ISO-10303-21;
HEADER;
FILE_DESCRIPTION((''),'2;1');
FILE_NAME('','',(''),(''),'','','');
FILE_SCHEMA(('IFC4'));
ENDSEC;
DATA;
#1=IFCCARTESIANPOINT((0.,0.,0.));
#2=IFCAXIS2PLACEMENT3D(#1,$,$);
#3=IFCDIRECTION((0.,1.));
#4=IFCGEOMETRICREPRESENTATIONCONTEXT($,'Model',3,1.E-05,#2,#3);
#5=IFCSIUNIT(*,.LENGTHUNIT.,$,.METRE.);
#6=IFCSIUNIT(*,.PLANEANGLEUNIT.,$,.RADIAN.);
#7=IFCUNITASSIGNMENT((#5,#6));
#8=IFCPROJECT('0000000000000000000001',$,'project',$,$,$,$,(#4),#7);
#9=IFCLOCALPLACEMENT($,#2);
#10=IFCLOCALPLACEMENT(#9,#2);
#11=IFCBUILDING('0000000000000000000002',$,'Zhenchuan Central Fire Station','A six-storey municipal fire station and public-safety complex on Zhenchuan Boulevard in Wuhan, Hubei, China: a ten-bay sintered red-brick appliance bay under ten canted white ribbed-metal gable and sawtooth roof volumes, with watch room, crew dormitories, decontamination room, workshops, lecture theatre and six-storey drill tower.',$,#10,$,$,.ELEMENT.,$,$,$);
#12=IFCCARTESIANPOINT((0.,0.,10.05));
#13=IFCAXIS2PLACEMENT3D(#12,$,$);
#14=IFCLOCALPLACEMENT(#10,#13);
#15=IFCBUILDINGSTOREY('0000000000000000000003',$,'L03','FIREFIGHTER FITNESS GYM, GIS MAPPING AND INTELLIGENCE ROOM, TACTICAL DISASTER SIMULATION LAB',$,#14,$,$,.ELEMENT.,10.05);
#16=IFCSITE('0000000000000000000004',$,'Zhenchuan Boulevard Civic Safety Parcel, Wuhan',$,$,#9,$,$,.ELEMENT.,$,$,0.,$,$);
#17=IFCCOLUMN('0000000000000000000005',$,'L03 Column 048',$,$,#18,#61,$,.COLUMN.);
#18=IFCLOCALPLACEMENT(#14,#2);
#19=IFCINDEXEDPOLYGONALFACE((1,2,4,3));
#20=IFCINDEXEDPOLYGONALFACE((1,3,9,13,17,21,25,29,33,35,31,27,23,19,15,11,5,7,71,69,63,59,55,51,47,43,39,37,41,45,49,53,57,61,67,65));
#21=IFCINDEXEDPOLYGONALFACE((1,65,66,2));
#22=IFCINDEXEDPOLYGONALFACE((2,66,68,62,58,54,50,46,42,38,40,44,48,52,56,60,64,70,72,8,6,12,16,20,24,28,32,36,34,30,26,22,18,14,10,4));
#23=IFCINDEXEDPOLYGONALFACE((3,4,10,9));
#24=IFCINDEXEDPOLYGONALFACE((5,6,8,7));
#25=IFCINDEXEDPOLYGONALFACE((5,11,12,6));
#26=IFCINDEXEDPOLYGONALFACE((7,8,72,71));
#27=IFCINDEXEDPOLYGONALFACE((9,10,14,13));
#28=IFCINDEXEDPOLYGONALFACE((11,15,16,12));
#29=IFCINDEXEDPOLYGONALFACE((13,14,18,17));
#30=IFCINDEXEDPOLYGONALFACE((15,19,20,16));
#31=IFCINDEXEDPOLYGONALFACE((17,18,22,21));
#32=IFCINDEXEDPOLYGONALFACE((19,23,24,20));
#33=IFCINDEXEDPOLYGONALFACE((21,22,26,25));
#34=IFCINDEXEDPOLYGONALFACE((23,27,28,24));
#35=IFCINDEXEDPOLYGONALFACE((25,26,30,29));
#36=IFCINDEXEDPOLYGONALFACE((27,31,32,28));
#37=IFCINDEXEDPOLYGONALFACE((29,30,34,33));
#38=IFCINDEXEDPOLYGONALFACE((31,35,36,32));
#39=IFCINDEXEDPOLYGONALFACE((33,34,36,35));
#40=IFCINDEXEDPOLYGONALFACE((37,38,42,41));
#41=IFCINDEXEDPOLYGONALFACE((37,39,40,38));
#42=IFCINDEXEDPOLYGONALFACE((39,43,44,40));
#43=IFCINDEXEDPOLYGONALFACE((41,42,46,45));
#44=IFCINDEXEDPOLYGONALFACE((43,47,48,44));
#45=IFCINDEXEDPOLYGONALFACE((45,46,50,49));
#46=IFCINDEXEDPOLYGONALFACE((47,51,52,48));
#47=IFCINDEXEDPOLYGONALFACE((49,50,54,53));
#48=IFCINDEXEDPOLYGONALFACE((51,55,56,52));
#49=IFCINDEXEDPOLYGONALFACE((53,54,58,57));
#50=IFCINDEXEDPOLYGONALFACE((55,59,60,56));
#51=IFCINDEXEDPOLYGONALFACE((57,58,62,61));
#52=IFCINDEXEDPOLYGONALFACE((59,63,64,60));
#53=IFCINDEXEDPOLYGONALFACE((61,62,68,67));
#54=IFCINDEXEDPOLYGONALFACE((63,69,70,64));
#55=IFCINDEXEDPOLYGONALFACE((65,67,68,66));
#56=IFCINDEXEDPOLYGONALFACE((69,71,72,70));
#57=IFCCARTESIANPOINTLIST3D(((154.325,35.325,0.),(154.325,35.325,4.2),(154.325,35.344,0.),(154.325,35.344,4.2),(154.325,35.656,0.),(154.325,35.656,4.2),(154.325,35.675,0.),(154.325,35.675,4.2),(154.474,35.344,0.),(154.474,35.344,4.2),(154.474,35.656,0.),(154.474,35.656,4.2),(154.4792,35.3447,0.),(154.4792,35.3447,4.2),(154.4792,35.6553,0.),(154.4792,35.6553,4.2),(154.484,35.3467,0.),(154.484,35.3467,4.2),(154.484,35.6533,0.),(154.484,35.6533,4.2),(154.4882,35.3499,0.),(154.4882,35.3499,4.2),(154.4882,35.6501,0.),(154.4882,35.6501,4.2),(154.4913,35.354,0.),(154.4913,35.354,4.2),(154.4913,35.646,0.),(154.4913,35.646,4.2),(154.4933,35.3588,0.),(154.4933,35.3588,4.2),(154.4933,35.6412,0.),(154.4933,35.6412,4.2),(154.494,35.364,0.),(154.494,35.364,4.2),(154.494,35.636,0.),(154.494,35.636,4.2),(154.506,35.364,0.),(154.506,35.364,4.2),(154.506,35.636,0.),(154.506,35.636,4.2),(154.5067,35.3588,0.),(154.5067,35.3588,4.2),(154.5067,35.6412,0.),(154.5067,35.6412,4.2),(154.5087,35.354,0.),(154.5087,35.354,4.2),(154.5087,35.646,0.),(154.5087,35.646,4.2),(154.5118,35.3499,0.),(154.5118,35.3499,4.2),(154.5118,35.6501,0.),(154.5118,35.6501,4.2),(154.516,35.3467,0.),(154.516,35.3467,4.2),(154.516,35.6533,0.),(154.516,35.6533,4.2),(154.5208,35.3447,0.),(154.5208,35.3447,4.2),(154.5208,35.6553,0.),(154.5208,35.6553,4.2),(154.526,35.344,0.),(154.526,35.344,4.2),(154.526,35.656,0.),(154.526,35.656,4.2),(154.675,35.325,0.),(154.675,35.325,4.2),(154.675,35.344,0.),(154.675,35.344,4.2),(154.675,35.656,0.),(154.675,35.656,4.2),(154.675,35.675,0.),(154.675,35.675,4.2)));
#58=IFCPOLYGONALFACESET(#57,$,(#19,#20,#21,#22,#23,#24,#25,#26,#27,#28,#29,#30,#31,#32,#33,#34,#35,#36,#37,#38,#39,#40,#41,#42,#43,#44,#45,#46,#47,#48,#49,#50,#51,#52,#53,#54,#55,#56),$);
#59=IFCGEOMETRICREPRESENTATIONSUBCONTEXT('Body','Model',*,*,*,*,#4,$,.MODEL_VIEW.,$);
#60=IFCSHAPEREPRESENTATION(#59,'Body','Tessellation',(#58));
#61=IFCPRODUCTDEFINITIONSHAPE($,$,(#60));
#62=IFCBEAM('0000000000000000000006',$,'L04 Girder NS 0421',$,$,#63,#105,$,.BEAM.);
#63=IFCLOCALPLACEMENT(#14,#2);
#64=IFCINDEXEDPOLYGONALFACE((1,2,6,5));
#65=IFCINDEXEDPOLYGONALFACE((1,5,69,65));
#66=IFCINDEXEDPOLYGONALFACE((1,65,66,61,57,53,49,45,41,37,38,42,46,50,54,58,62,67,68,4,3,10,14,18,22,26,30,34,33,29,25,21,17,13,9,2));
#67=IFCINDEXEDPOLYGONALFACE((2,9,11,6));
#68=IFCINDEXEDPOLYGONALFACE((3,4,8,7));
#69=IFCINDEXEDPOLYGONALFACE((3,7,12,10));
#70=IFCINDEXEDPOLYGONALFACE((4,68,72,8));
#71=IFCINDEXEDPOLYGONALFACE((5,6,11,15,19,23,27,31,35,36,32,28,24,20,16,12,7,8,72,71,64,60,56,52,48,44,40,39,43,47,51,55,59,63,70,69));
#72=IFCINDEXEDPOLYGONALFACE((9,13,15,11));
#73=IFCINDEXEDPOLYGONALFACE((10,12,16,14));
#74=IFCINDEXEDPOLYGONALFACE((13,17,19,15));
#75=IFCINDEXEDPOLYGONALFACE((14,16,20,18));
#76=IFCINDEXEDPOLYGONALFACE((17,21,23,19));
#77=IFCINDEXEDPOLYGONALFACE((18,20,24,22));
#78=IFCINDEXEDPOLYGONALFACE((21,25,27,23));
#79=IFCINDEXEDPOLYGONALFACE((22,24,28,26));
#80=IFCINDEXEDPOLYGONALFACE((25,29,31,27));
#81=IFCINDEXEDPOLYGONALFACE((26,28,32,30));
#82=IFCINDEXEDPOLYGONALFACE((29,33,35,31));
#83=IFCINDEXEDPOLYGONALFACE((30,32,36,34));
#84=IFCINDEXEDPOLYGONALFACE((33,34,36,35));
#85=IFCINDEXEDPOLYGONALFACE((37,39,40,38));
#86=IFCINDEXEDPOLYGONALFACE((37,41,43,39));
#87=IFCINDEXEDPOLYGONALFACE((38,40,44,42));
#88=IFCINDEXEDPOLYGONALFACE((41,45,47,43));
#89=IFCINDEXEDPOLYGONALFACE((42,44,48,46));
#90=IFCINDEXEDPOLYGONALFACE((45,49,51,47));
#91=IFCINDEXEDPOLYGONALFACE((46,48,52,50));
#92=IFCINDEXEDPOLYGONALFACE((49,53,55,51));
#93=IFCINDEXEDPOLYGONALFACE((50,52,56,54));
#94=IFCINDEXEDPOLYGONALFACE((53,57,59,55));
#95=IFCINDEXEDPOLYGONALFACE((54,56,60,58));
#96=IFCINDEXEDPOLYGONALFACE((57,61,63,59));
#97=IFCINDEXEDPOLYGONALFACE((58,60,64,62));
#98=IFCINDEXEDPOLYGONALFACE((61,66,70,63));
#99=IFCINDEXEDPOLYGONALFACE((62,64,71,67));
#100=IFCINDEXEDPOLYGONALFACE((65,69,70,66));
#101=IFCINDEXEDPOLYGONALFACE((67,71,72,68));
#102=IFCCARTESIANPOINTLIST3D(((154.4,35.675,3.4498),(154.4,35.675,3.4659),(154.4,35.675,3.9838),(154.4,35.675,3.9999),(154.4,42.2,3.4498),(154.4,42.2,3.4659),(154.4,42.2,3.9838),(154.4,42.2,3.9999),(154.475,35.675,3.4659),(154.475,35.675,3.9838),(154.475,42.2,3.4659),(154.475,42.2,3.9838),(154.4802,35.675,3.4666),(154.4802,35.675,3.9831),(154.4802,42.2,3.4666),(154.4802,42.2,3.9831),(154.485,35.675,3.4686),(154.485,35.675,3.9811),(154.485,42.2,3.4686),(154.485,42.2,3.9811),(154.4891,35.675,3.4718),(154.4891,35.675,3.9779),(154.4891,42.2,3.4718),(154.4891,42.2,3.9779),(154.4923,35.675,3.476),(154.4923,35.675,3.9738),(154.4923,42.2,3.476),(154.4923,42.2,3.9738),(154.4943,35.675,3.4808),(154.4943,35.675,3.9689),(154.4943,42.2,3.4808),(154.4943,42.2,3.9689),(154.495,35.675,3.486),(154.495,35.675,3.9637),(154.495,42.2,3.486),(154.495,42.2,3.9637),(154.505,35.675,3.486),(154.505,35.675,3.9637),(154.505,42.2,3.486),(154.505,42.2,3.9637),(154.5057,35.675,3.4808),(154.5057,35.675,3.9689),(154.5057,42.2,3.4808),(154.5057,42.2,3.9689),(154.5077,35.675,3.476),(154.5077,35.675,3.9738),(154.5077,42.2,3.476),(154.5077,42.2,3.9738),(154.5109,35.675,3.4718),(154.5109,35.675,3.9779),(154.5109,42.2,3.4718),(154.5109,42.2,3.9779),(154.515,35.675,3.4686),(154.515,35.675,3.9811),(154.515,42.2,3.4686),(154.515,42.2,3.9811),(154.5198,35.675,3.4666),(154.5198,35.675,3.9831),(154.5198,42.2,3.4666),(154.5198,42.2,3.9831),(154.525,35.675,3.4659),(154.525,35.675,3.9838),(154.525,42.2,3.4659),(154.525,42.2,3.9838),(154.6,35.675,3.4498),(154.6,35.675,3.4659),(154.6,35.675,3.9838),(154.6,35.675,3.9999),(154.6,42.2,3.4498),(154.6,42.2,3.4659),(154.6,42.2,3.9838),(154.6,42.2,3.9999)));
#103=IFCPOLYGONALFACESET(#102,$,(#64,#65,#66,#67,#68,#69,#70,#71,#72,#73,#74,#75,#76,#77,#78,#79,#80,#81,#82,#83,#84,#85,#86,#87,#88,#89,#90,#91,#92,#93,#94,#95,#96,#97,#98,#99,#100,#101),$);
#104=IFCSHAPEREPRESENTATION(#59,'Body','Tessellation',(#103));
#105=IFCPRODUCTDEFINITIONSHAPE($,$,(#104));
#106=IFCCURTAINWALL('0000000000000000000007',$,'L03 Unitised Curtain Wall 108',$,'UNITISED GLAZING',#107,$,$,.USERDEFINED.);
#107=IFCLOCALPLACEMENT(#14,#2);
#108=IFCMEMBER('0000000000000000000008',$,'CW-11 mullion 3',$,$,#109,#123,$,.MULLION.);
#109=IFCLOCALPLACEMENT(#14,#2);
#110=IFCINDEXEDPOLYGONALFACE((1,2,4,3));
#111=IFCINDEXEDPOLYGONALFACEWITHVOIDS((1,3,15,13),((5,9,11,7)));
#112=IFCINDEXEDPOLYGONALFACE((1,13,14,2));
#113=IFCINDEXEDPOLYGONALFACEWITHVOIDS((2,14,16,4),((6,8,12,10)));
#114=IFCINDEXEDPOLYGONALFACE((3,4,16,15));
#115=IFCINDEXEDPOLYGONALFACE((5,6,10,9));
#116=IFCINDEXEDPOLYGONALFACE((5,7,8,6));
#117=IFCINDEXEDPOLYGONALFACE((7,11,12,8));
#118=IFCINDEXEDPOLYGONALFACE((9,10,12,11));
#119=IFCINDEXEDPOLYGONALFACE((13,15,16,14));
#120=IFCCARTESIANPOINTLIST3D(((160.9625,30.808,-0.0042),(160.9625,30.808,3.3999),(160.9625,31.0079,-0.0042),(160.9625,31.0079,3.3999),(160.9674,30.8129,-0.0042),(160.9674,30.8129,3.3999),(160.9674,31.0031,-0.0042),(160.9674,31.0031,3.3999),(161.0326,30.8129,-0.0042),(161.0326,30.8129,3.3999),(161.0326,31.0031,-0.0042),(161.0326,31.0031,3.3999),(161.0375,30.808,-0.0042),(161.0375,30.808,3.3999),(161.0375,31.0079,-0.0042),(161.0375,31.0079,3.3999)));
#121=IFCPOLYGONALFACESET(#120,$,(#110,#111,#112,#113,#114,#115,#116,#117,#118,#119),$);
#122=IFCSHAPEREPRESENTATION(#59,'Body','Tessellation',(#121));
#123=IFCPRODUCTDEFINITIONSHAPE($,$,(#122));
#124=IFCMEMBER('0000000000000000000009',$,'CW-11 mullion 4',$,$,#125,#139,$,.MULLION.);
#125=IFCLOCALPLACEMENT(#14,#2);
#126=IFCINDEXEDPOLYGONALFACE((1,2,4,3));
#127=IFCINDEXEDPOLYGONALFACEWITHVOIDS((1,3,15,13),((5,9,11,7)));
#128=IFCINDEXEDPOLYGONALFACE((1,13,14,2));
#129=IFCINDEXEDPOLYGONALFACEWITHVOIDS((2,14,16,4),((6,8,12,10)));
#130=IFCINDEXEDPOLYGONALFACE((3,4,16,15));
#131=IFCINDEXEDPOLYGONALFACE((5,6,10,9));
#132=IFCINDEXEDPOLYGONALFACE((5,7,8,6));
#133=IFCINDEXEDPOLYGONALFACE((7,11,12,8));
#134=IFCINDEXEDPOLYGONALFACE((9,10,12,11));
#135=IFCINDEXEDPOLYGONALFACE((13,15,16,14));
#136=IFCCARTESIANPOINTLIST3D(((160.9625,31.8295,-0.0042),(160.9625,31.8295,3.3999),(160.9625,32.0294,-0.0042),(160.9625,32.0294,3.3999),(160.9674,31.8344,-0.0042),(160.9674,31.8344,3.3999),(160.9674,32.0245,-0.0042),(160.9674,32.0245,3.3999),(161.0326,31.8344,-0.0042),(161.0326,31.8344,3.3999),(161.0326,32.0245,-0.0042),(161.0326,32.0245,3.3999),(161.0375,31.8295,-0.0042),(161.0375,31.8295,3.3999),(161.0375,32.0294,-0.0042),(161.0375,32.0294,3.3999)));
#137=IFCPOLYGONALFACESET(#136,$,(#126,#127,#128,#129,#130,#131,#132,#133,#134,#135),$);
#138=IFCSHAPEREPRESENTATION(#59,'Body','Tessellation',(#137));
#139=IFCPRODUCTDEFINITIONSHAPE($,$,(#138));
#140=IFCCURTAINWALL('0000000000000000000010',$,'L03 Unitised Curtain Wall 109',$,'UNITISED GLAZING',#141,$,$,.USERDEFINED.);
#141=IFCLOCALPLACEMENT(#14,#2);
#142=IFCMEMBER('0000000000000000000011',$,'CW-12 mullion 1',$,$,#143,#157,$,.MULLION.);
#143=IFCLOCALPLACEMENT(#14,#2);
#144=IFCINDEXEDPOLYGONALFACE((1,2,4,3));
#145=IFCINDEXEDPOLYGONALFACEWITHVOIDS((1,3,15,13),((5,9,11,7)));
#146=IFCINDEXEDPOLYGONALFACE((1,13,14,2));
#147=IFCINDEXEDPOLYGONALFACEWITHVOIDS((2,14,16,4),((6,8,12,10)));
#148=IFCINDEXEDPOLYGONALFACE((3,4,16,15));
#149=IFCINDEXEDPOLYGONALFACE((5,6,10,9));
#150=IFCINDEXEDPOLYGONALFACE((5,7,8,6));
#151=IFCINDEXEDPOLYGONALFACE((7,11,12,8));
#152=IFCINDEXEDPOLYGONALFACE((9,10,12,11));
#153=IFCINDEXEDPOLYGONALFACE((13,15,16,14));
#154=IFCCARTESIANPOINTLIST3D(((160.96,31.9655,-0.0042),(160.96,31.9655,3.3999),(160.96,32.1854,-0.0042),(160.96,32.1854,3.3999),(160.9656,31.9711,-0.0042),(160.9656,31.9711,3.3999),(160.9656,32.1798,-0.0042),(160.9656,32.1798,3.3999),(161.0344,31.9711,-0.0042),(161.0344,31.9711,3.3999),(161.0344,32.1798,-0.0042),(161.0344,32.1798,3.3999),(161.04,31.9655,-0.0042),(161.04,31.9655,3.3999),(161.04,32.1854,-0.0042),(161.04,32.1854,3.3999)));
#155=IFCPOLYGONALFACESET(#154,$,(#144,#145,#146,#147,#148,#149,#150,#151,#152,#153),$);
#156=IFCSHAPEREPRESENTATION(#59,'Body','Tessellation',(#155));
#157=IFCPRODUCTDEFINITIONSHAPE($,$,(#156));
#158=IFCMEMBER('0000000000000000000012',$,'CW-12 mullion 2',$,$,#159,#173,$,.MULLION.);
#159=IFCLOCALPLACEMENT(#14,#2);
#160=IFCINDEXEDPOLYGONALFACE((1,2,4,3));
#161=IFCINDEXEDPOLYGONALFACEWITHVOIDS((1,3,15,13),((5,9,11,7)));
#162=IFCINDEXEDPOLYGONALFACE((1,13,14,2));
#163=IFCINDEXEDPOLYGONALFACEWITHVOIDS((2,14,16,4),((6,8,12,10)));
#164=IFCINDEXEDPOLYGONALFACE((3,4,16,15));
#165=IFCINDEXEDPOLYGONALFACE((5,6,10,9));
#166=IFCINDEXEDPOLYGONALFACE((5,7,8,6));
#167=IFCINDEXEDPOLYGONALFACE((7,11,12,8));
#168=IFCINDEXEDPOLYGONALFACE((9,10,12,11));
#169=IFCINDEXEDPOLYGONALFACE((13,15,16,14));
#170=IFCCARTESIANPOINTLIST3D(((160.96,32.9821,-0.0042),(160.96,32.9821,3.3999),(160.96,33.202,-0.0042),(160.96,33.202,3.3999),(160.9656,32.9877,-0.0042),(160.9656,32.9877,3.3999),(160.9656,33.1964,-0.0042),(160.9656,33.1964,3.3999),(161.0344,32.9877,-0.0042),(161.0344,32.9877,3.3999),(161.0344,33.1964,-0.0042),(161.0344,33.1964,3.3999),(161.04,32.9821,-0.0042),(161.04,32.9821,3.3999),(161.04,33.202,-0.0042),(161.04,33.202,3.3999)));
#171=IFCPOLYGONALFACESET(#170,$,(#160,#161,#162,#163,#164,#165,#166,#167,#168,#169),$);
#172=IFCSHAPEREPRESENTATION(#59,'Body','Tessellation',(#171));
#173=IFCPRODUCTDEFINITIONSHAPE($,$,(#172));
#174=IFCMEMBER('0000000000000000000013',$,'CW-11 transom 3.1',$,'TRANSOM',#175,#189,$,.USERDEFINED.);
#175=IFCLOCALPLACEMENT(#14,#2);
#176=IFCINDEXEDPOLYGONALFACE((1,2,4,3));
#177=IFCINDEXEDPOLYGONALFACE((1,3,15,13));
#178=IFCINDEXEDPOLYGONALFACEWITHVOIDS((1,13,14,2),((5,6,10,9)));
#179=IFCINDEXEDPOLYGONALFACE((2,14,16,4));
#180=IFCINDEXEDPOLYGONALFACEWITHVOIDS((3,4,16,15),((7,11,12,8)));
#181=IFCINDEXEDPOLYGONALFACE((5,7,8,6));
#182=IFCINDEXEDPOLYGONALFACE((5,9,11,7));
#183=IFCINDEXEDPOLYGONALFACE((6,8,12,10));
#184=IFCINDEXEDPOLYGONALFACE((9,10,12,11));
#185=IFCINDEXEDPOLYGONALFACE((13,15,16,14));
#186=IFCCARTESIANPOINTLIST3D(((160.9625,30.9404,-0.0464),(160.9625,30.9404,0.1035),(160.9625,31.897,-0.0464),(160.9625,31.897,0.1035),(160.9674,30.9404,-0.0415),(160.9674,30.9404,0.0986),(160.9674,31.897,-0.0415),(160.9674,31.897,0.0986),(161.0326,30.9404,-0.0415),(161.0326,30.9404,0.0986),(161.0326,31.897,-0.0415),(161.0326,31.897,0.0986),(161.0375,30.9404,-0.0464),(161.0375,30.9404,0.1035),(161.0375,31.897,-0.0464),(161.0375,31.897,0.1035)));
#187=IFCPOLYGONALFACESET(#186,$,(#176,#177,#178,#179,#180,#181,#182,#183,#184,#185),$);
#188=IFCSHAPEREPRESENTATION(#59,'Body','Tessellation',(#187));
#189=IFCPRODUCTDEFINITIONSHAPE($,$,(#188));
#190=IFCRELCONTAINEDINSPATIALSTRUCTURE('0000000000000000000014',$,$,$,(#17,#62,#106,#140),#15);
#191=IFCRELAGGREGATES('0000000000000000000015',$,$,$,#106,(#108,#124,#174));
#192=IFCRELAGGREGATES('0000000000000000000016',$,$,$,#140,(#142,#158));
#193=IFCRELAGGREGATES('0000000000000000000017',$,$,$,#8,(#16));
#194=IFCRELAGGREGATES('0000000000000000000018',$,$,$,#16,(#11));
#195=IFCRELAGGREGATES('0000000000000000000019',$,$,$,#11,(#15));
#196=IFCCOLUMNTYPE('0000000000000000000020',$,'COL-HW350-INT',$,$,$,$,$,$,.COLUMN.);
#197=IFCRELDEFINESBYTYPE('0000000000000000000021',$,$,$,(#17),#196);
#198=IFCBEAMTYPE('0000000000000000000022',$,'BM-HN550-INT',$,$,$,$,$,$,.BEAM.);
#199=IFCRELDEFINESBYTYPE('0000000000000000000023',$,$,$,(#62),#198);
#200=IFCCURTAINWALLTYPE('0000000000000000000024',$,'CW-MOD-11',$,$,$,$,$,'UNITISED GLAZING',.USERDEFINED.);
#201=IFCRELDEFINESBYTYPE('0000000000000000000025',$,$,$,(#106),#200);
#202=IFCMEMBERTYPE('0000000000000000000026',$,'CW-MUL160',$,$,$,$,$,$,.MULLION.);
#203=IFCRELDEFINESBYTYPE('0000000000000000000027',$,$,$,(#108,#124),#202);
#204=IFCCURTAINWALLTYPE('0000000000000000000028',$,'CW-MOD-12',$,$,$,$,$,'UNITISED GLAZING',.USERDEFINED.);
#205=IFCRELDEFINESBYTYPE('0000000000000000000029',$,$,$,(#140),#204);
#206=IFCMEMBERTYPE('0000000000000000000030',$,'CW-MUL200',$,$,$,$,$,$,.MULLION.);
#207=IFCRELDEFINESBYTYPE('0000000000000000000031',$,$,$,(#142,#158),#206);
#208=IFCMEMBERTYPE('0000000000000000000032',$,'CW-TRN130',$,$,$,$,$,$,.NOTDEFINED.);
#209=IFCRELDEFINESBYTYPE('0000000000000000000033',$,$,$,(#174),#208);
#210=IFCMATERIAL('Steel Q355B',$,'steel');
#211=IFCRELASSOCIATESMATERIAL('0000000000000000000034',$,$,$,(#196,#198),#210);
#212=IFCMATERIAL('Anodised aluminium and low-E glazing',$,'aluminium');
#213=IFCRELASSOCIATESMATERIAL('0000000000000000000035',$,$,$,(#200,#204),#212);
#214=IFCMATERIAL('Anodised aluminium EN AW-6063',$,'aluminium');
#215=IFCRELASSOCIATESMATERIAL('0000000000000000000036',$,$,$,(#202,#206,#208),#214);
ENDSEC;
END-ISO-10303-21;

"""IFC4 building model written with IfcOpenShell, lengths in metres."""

from ifc_helpers import new_model, si_unit, direction, frame, origin, origin_2d, place, context, subcontext, project, spatial, hollow_rectangle, i_section, extrude, material, material_profile, profile_set, type_object, element, aggregate, save


model = new_model("IFC4")

# Units and contexts
model_context = context("Model", 3, precision=1e-05, world=origin(), true_north=direction((0.0, 1.0)))
body_context = subcontext(model_context, "Body", "Model", "MODEL_VIEW")
ifc_project = project(units=[si_unit("LENGTHUNIT", "METRE"), si_unit("PLANEANGLEUNIT", "RADIAN")], contexts=[model_context])

# Site, building, storey
site_placement = place(None, origin())
site = spatial("IfcSite", under=ifc_project, at=site_placement, Name="Zhenchuan Boulevard Civic Safety Parcel, Wuhan", CompositionType="ELEMENT", RefElevation=0.0)
building_placement = place(site_placement, origin())
building = spatial("IfcBuilding", under=site, at=building_placement, Name="Zhenchuan Central Fire Station", Description="A six-storey municipal fire station and public-safety complex on Zhenchuan Boulevard in Wuhan, Hubei, China: a ten-bay sintered red-brick appliance bay under ten canted white ribbed-metal gable and sawtooth roof volumes, with watch room, crew dormitories, decontamination room, workshops, lecture theatre and six-storey drill tower.", CompositionType="ELEMENT")
storey_placement = place(building_placement, frame((0.0, 0.0, 10.05)))
storey = spatial("IfcBuildingStorey", under=building, at=storey_placement, Name="L03", Description="FIREFIGHTER FITNESS GYM, GIS MAPPING AND INTELLIGENCE ROOM, TACTICAL DISASTER SIMULATION LAB", CompositionType="ELEMENT", Elevation=10.05)

# Column
ifc_material_1 = material(Name="Steel Q355B", Category="steel")
ifc_material_profile_1 = material_profile(ifc_material_1, i_section(OverallWidth=0.3501, OverallDepth=0.3501, WebThickness=0.012, FlangeThickness=0.019, FilletRadius=0.02, at=origin_2d()), Name="HW 350x350")
ifc_profile_set_1 = profile_set([ifc_material_profile_1], Name="Steel Q355B")
column_type = type_object("IfcColumnType", Name="COL-HW350-INT", PredefinedType="COLUMN", material=ifc_profile_set_1)
column_placement = place(storey_placement, frame((154.5, 35.5, 0.0), z_axis=(0.0, 0.0, 1.0), x_axis=(1.0, 0.0, 0.0)))
element("IfcColumn", 1, at=column_placement, inside=storey, type_object=column_type, Name="L03 Column 048", PredefinedType="COLUMN", context=body_context, shape_type="SweptSolid", body=[
    extrude(i_section(OverallWidth=0.3501, OverallDepth=0.3501, WebThickness=0.012, FlangeThickness=0.019, FilletRadius=0.02, at=origin_2d()), origin(), (0.0, 0.0, 1.0), 4.2),
])

# Beam
ifc_material_profile_2 = material_profile(ifc_material_1, i_section(OverallWidth=0.2, OverallDepth=0.55, WebThickness=0.01, FlangeThickness=0.0161, FilletRadius=0.02, at=origin_2d()), Name="HN 550x200")
ifc_profile_set_2 = profile_set([ifc_material_profile_2], Name="Steel Q355B")
beam_type_1 = type_object("IfcBeamType", Name="BM-HN550-INT", PredefinedType="BEAM", material=ifc_profile_set_2)
beam_1_placement = place(storey_placement, frame((154.5, 35.675, 3.7249), z_axis=(0.0, 1.0, 0.0), x_axis=(-1.0, 0.0, 0.0)))
element("IfcBeam", 2, at=beam_1_placement, inside=storey, type_object=beam_type_1, Name="L04 Girder NS 0421", PredefinedType="BEAM", context=body_context, shape_type="SweptSolid", body=[
    extrude(i_section(OverallWidth=0.2, OverallDepth=0.55, WebThickness=0.01, FlangeThickness=0.0161, FilletRadius=0.02, at=origin_2d()), origin(), (0.0, 0.0, 1.0), 6.5249),
])

# Curtain walls, members
ifc_material_2 = material(Name="Anodised aluminium and low-E glazing", Category="aluminium")
curtain_wall_type_1 = type_object("IfcCurtainWallType", Name="CW-MOD-11", ElementType="UNITISED GLAZING", PredefinedType="USERDEFINED", material=ifc_material_2)
curtain_wall_1_placement = place(storey_placement, origin())
curtain_wall_1 = element("IfcCurtainWall", 3, at=curtain_wall_1_placement, inside=storey, type_object=curtain_wall_type_1, Name="L03 Unitised Curtain Wall 108", ObjectType="UNITISED GLAZING", PredefinedType="USERDEFINED")
ifc_material_3 = material(Name="Anodised aluminium EN AW-6063", Category="aluminium")
ifc_material_profile_3 = material_profile(ifc_material_3, hollow_rectangle(XDim=0.075, YDim=0.2, WallThickness=0.0049, at=origin_2d()), Name="ALU-M 200x75")
ifc_profile_set_3 = profile_set([ifc_material_profile_3], Name="Anodised aluminium EN AW-6063")
member_type_1 = type_object("IfcMemberType", Name="CW-MUL160", PredefinedType="MULLION", material=ifc_profile_set_3)
member_1_placement = place(storey_placement, frame((161.0, 30.908, -0.0042), z_axis=(0.0, 0.0, 1.0), x_axis=(-1.0, 0.0, 0.0)))
member_1 = element("IfcMember", 4, at=member_1_placement, type_object=member_type_1, Name="CW-11 mullion 3", PredefinedType="MULLION", context=body_context, shape_type="SweptSolid", body=[
    extrude(hollow_rectangle(XDim=0.075, YDim=0.2, WallThickness=0.0049, at=origin_2d()), origin(), (0.0, 0.0, 1.0), 3.4041),
])
member_2_placement = place(storey_placement, frame((161.0, 31.9294, -0.0042), z_axis=(0.0, 0.0, 1.0), x_axis=(-1.0, 0.0, 0.0)))
member_2 = element("IfcMember", 5, at=member_2_placement, type_object=member_type_1, Name="CW-11 mullion 4", PredefinedType="MULLION", context=body_context, shape_type="SweptSolid", body=[
    extrude(hollow_rectangle(XDim=0.075, YDim=0.2, WallThickness=0.0049, at=origin_2d()), origin(), (0.0, 0.0, 1.0), 3.4041),
])
curtain_wall_type_2 = type_object("IfcCurtainWallType", Name="CW-MOD-12", ElementType="UNITISED GLAZING", PredefinedType="USERDEFINED", material=ifc_material_2)
curtain_wall_2_placement = place(storey_placement, origin())
curtain_wall_2 = element("IfcCurtainWall", 6, at=curtain_wall_2_placement, inside=storey, type_object=curtain_wall_type_2, Name="L03 Unitised Curtain Wall 109", ObjectType="UNITISED GLAZING", PredefinedType="USERDEFINED")
ifc_material_profile_4 = material_profile(ifc_material_3, hollow_rectangle(XDim=0.0801, YDim=0.22, WallThickness=0.0056, at=origin_2d()), Name="ALU-M 220x80")
ifc_profile_set_4 = profile_set([ifc_material_profile_4], Name="Anodised aluminium EN AW-6063")
member_type_2 = type_object("IfcMemberType", Name="CW-MUL200", PredefinedType="MULLION", material=ifc_profile_set_4)
member_3_placement = place(storey_placement, frame((161.0, 32.0754, -0.0042), z_axis=(0.0, 0.0, 1.0), x_axis=(-1.0, 0.0, 0.0)))
member_3 = element("IfcMember", 7, at=member_3_placement, type_object=member_type_2, Name="CW-12 mullion 1", PredefinedType="MULLION", context=body_context, shape_type="SweptSolid", body=[
    extrude(hollow_rectangle(XDim=0.0801, YDim=0.22, WallThickness=0.0056, at=origin_2d()), origin(), (0.0, 0.0, 1.0), 3.4041),
])
member_4_placement = place(storey_placement, frame((161.0, 33.092, -0.0042), z_axis=(0.0, 0.0, 1.0), x_axis=(-1.0, 0.0, 0.0)))
member_4 = element("IfcMember", 8, at=member_4_placement, type_object=member_type_2, Name="CW-12 mullion 2", PredefinedType="MULLION", context=body_context, shape_type="SweptSolid", body=[
    extrude(hollow_rectangle(XDim=0.0801, YDim=0.22, WallThickness=0.0056, at=origin_2d()), origin(), (0.0, 0.0, 1.0), 3.4041),
])

# Member
ifc_material_profile_5 = material_profile(ifc_material_3, hollow_rectangle(XDim=0.075, YDim=0.1499, WallThickness=0.0049, at=origin_2d()), Name="ALU-T 150x75")
ifc_profile_set_5 = profile_set([ifc_material_profile_5], Name="Anodised aluminium EN AW-6063")
member_type_3 = type_object("IfcMemberType", Name="CW-TRN130", PredefinedType="NOTDEFINED", material=ifc_profile_set_5)
member_5_placement = place(storey_placement, frame((161.0, 30.9404, 0.0286), z_axis=(0.0, 1.0, 0.0), x_axis=(-1.0, 0.0, 0.0)))
member_5 = element("IfcMember", 9, at=member_5_placement, type_object=member_type_3, Name="CW-11 transom 3.1", ObjectType="TRANSOM", PredefinedType="USERDEFINED", context=body_context, shape_type="SweptSolid", body=[
    extrude(hollow_rectangle(XDim=0.075, YDim=0.1499, WallThickness=0.0049, at=origin_2d()), origin(), (0.0, 0.0, 1.0), 0.9565),
])

aggregate(curtain_wall_1, [member_1, member_2, member_5])
aggregate(curtain_wall_2, [member_3, member_4])

save(model, "model.ifc")
